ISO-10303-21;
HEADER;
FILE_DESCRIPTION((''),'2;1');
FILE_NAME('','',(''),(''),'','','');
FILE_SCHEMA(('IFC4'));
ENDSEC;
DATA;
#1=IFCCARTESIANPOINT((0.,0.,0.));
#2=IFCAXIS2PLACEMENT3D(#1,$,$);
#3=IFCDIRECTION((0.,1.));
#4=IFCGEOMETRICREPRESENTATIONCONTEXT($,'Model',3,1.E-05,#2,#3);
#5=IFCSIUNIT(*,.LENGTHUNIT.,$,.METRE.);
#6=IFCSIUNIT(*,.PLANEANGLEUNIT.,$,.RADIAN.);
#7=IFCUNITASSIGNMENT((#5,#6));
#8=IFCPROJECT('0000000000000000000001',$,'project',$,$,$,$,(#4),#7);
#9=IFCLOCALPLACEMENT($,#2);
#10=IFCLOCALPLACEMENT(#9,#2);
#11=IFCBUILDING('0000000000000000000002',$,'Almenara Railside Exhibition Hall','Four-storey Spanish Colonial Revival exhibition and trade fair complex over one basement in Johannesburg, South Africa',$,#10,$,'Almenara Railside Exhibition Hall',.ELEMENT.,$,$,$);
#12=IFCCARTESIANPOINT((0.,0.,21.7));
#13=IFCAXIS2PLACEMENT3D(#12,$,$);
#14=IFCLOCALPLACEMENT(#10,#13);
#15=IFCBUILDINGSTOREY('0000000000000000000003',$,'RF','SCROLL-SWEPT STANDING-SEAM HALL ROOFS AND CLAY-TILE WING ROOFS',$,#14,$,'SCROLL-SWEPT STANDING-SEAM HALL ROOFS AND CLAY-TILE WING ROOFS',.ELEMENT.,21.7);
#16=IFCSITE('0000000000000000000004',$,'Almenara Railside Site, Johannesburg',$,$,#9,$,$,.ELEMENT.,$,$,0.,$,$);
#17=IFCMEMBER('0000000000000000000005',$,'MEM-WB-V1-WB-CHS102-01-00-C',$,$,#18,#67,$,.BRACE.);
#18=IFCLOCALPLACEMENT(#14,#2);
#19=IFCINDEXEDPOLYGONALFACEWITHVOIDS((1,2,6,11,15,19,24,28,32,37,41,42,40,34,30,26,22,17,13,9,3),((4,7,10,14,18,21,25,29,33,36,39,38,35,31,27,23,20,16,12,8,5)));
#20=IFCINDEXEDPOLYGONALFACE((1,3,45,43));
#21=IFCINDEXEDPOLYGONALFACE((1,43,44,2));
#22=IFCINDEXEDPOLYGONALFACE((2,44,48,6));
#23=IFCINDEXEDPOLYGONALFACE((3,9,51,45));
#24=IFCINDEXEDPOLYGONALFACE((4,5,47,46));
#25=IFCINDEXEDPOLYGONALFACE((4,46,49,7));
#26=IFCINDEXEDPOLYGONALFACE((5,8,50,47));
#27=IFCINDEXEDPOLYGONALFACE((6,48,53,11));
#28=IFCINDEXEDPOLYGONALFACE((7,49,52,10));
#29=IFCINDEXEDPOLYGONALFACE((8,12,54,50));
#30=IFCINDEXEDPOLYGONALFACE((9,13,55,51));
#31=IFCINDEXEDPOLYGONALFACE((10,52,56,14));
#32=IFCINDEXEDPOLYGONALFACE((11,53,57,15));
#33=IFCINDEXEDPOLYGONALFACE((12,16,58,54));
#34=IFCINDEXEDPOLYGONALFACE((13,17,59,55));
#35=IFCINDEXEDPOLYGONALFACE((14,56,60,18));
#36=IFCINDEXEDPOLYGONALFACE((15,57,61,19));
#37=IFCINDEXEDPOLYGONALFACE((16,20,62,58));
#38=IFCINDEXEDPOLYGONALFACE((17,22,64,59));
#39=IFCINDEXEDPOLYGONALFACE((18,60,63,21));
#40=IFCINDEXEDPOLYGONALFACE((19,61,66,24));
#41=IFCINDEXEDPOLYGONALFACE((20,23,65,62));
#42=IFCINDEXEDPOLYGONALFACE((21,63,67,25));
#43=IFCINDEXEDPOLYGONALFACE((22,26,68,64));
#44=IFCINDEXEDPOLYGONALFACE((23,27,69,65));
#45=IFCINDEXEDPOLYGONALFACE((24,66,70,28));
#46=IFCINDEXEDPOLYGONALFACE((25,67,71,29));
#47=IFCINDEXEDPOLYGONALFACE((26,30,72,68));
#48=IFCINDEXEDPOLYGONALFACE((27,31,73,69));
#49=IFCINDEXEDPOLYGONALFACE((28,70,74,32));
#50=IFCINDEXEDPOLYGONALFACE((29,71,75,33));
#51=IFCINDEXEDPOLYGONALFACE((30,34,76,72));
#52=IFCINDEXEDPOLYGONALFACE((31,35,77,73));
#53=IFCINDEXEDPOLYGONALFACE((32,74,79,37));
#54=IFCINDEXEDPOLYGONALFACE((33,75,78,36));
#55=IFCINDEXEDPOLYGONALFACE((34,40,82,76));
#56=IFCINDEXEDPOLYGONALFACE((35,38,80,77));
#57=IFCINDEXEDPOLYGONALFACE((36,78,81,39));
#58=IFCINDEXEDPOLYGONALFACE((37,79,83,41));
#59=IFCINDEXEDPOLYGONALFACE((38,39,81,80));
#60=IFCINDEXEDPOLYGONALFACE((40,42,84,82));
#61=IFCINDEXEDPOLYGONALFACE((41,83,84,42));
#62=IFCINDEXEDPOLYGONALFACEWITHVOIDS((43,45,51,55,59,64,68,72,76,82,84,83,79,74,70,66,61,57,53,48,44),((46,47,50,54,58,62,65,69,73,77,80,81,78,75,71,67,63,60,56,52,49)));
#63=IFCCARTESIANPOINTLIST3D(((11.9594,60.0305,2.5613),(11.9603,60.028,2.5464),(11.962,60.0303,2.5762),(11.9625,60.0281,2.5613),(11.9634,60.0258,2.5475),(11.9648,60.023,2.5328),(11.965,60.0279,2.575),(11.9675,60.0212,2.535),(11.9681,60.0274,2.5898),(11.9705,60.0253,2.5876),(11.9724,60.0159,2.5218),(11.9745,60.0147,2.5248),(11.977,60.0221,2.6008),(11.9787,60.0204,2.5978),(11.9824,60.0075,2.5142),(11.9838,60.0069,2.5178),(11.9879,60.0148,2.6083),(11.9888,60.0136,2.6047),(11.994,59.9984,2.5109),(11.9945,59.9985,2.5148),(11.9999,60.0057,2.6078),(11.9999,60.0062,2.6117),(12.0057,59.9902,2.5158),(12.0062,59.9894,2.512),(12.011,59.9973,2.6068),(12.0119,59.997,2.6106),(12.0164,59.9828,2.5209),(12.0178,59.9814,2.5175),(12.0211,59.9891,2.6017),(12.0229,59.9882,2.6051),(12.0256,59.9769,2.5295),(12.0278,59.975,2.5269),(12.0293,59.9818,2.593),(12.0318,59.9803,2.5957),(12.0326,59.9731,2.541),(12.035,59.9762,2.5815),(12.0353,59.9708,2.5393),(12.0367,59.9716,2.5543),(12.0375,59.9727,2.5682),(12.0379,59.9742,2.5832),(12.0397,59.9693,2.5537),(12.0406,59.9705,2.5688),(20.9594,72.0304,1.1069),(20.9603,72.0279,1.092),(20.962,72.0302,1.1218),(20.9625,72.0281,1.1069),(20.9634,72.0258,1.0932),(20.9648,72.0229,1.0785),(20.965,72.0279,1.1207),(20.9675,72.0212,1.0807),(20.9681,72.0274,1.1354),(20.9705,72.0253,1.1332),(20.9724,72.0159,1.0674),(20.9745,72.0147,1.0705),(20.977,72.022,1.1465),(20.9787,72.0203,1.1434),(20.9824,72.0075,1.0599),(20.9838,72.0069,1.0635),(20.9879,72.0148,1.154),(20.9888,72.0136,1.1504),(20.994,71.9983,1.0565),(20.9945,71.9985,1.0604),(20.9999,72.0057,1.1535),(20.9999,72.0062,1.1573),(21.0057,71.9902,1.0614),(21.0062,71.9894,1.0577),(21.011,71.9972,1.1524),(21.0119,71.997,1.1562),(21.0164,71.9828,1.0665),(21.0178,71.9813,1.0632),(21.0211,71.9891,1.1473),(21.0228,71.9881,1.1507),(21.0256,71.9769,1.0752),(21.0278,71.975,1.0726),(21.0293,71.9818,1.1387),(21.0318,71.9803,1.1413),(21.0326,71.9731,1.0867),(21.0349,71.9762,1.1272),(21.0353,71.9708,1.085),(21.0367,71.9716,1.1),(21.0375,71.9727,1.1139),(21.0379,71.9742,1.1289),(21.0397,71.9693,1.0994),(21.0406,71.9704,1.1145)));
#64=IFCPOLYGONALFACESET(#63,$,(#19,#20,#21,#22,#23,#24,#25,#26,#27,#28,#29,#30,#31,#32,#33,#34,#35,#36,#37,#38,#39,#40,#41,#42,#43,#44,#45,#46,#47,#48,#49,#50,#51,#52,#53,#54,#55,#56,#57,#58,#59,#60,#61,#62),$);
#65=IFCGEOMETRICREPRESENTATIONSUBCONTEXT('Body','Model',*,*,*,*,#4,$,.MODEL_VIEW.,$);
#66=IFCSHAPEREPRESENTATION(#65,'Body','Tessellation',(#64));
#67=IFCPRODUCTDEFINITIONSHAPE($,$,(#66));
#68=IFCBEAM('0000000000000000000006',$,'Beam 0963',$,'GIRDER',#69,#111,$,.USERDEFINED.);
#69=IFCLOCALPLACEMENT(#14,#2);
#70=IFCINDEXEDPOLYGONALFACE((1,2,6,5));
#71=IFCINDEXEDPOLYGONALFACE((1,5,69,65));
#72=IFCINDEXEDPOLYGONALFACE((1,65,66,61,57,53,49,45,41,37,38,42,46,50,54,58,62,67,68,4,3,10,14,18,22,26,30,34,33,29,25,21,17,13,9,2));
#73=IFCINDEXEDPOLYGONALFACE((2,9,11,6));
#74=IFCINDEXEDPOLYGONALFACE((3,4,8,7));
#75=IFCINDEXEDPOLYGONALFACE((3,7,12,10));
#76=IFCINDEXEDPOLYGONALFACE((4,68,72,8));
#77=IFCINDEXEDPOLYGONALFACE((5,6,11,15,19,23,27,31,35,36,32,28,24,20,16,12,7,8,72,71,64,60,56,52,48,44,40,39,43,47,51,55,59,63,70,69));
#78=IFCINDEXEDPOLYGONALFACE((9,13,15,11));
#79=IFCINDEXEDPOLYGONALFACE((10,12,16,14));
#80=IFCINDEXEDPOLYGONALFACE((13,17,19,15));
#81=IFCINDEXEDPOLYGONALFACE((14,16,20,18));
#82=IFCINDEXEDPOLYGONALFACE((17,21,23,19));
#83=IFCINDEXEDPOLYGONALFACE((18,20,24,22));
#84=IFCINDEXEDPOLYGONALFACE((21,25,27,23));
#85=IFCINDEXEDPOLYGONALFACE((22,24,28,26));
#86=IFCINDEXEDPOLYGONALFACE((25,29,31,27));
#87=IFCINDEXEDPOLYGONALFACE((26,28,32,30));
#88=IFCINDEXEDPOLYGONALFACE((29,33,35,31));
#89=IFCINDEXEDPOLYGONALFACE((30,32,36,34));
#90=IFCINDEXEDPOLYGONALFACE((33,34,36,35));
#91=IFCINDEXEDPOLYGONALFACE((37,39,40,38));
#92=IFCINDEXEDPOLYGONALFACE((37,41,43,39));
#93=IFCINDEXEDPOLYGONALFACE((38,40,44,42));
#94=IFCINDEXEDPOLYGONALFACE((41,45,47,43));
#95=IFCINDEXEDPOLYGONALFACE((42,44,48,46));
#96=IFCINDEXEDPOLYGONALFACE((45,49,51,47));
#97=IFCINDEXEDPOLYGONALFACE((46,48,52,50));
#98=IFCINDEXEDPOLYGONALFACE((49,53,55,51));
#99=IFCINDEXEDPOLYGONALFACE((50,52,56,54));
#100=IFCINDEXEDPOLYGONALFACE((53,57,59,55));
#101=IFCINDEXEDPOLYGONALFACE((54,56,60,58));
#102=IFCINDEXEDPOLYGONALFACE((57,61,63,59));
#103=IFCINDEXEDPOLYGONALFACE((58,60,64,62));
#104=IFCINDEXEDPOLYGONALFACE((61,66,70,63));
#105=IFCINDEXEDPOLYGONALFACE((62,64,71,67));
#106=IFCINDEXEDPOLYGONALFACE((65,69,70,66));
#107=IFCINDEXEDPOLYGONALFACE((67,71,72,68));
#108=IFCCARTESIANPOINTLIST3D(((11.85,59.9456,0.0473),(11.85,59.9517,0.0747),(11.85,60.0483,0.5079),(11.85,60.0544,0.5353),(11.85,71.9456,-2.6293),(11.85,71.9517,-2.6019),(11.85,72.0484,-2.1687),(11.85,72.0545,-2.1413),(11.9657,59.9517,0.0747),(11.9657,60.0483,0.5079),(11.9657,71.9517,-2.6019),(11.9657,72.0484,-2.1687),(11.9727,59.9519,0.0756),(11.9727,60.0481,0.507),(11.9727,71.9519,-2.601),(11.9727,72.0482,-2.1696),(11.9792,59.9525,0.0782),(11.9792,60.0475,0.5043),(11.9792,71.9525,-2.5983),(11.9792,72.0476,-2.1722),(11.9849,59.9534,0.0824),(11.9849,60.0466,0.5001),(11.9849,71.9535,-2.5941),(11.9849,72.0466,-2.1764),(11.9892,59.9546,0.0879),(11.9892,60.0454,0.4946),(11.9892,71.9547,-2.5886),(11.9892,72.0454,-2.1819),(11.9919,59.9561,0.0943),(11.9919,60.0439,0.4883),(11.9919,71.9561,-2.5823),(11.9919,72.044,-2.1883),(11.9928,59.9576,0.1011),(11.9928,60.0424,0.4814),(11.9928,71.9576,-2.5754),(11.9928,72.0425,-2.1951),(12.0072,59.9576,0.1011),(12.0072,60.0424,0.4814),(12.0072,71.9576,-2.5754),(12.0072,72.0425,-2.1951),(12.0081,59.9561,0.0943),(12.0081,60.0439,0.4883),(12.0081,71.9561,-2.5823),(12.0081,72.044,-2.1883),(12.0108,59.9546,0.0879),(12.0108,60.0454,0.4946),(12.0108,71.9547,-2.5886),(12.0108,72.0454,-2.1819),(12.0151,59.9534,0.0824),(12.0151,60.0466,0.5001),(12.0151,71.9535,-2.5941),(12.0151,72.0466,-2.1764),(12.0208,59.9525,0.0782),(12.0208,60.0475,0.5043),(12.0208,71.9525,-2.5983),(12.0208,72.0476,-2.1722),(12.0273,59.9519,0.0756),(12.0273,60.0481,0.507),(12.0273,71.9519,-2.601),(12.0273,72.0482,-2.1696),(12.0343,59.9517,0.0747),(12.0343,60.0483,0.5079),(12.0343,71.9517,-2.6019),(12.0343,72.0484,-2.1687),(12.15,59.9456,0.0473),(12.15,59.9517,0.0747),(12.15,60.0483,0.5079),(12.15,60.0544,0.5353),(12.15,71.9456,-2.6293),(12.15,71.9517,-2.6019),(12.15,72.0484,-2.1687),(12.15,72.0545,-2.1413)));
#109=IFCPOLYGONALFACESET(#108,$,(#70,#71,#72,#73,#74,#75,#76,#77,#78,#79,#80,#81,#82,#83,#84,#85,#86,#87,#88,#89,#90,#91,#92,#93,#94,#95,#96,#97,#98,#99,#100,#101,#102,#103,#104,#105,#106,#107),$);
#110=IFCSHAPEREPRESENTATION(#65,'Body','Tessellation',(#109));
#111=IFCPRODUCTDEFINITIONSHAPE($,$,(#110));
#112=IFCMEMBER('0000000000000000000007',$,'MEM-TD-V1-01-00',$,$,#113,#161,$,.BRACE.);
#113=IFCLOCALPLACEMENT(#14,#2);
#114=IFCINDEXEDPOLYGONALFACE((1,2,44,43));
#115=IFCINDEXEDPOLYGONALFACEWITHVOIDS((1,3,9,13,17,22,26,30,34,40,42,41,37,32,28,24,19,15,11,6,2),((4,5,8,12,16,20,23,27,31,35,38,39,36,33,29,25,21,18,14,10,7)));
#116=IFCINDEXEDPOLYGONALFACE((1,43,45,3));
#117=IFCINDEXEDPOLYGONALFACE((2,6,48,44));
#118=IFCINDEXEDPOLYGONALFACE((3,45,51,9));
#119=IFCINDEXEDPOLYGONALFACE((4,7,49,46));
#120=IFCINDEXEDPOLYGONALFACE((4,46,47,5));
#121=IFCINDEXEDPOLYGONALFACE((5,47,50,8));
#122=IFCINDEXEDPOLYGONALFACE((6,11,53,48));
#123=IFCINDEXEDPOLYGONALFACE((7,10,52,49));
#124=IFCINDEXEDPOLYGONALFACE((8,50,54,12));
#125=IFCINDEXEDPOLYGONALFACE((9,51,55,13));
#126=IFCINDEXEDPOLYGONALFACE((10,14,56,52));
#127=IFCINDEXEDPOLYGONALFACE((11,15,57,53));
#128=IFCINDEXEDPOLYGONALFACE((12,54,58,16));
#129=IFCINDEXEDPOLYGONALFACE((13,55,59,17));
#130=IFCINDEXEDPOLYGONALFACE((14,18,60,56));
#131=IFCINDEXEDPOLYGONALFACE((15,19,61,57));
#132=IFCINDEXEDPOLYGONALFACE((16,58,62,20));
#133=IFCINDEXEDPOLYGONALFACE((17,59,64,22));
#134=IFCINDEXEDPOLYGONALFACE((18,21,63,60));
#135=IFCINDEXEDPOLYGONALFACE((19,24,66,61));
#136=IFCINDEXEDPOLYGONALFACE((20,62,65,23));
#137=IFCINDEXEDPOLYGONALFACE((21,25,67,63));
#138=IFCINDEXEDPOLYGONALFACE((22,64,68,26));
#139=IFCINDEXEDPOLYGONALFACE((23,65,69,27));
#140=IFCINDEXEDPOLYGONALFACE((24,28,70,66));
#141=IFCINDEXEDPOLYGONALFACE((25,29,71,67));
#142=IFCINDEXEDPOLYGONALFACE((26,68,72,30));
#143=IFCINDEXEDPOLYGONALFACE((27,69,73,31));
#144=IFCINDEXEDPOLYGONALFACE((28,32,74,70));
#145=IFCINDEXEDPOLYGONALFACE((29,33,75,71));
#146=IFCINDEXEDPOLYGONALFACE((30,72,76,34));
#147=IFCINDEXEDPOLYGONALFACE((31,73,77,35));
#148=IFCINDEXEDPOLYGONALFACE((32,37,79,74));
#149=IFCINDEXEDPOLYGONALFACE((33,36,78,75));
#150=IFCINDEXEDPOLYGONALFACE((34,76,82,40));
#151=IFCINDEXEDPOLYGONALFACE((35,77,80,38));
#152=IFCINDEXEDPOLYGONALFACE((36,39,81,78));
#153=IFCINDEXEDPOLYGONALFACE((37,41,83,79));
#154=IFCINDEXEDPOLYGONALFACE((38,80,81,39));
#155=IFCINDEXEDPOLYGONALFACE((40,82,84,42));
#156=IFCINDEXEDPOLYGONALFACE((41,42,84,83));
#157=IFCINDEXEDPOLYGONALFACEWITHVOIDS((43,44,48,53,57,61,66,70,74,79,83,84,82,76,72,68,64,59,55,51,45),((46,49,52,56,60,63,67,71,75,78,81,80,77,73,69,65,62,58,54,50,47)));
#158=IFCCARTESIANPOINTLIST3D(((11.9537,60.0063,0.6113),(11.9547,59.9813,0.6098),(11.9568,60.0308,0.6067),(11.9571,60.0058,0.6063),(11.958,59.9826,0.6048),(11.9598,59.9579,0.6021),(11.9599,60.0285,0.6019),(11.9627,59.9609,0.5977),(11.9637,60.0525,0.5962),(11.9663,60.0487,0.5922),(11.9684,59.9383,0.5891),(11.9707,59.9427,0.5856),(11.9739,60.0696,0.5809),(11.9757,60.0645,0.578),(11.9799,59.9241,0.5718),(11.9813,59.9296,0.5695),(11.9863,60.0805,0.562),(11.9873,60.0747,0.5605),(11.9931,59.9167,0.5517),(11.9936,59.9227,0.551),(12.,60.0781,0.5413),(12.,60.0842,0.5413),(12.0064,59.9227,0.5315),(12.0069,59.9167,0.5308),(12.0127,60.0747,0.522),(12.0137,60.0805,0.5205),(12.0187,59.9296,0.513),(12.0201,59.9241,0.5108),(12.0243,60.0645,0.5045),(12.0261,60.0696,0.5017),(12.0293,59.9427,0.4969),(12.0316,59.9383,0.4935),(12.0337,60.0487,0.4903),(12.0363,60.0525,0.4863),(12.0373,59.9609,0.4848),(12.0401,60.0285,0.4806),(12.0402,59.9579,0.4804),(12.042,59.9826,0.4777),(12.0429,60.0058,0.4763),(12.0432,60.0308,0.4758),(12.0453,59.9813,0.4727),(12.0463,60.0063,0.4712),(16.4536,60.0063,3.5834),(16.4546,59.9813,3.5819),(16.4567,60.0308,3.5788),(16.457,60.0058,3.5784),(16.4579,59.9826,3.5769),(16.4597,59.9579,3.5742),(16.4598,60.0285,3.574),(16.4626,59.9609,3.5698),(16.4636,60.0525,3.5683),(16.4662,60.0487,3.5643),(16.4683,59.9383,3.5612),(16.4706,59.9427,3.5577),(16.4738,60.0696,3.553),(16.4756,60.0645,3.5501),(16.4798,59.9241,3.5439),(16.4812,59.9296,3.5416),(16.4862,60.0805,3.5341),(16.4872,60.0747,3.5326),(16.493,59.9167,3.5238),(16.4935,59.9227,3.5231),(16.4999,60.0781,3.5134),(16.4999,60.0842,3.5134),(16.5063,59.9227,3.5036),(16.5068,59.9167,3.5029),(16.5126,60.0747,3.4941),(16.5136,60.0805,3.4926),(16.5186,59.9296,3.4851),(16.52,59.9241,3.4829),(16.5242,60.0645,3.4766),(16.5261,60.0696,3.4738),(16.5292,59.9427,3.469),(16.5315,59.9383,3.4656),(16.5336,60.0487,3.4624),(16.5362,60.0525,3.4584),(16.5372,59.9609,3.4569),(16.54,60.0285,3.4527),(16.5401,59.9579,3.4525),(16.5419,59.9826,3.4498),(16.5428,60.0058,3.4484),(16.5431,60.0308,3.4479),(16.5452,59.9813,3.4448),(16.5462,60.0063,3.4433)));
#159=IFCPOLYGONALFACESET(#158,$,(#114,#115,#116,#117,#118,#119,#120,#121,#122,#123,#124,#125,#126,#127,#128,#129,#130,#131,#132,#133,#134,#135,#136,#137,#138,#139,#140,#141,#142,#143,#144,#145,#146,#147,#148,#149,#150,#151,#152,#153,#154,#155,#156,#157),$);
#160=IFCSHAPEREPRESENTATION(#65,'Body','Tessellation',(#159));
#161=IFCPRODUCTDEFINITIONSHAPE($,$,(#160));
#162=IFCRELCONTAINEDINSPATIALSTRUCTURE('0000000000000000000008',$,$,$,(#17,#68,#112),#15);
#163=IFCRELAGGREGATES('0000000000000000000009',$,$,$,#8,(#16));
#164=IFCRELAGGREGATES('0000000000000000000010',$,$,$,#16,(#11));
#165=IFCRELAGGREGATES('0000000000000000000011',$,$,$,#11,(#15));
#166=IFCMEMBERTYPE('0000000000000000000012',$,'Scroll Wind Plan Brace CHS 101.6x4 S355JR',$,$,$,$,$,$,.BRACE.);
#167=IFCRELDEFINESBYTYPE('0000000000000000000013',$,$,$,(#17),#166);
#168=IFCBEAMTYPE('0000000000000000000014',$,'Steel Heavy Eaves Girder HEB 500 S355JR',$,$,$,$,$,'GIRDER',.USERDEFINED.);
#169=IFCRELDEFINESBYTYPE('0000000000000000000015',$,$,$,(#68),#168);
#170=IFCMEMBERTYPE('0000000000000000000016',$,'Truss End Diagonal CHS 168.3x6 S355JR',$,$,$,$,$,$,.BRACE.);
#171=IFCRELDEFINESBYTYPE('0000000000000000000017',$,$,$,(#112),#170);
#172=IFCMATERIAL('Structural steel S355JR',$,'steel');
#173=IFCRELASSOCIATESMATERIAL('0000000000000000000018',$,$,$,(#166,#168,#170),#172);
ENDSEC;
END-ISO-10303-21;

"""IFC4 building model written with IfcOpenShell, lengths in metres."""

from ifc_helpers import new_model, si_unit, direction, frame, origin, origin_2d, place, context, subcontext, project, spatial, hollow_circle, i_section, extrude, material, material_profile, profile_set, type_object, element, save


model = new_model("IFC4")

# Units and contexts
model_context = context("Model", 3, precision=1e-05, world=origin(), true_north=direction((0.0, 1.0)))
body_context = subcontext(model_context, "Body", "Model", "MODEL_VIEW")
ifc_project = project(units=[si_unit("LENGTHUNIT", "METRE"), si_unit("PLANEANGLEUNIT", "RADIAN")], contexts=[model_context])

# Site, building, storey
site_placement = place(None, origin())
site = spatial("IfcSite", under=ifc_project, at=site_placement, Name="Almenara Railside Site, Johannesburg", CompositionType="ELEMENT", RefElevation=0.0)
building_placement = place(site_placement, origin())
building = spatial("IfcBuilding", under=site, at=building_placement, Name="Almenara Railside Exhibition Hall", Description="Four-storey Spanish Colonial Revival exhibition and trade fair complex over one basement in Johannesburg, South Africa", LongName="Almenara Railside Exhibition Hall", CompositionType="ELEMENT")
storey_placement = place(building_placement, frame((0.0, 0.0, 21.7)))
storey = spatial("IfcBuildingStorey", under=building, at=storey_placement, Name="RF", Description="SCROLL-SWEPT STANDING-SEAM HALL ROOFS AND CLAY-TILE WING ROOFS", LongName="SCROLL-SWEPT STANDING-SEAM HALL ROOFS AND CLAY-TILE WING ROOFS", CompositionType="ELEMENT", Elevation=21.7)

# Shared definitions
ifc_material_1 = material(Name="Structural steel S355JR", Category="steel")

# Member
ifc_material_profile_1 = material_profile(ifc_material_1, hollow_circle(Radius=0.0508, WallThickness=0.0039, at=origin_2d()), Name="CHS 101.6x4")
ifc_profile_set_1 = profile_set([ifc_material_profile_1], Name="Structural steel S355JR")
member_type_1 = type_object("IfcMemberType", Name="Scroll Wind Plan Brace CHS 101.6x4 S355JR", PredefinedType="BRACE", material=ifc_profile_set_1)
member_1_placement = place(storey_placement, frame((12.0, 60.0, 2.5613), z_axis=(0.5972, 0.796266, -0.096504), x_axis=(-0.8, 0.6, 0.0)))
element("IfcMember", 1, at=member_1_placement, inside=storey, type_object=member_type_1, Name="MEM-WB-V1-WB-CHS102-01-00-C", PredefinedType="BRACE", context=body_context, shape_type="SweptSolid", body=[
    extrude(hollow_circle(Radius=0.0508, WallThickness=0.0039, at=origin_2d()), origin(), (0.0, 0.0, 1.0), 15.0703),
])

# Beam
ifc_material_profile_2 = material_profile(ifc_material_1, i_section(OverallWidth=0.3, OverallDepth=0.5, WebThickness=0.0144, FlangeThickness=0.0281, FilletRadius=0.0271, at=origin_2d()), Name="HEB 500")
ifc_profile_set_2 = profile_set([ifc_material_profile_2], Name="Structural steel S355JR")
beam_type = type_object("IfcBeamType", Name="Steel Heavy Eaves Girder HEB 500 S355JR", ElementType="GIRDER", PredefinedType="USERDEFINED", material=ifc_profile_set_2)
beam_placement = place(storey_placement, frame((12.0, 60.0, 0.2913), z_axis=(0.0, 0.976017, -0.217694), x_axis=(-1.0, 0.0, 0.0)))
element("IfcBeam", 2, at=beam_placement, inside=storey, type_object=beam_type, Name="Beam 0963", ObjectType="GIRDER", PredefinedType="USERDEFINED", context=body_context, shape_type="SweptSolid", body=[
    extrude(i_section(OverallWidth=0.3, OverallDepth=0.5, WebThickness=0.0144, FlangeThickness=0.0281, FilletRadius=0.0271, at=origin_2d()), origin(), (0.0, 0.0, 1.0), 12.2949),
])

# Member
ifc_material_profile_3 = material_profile(ifc_material_1, hollow_circle(Radius=0.0842, WallThickness=0.0061, at=origin_2d()), Name="CHS 168.3x6")
ifc_profile_set_3 = profile_set([ifc_material_profile_3], Name="Structural steel S355JR")
member_type_2 = type_object("IfcMemberType", Name="Truss End Diagonal CHS 168.3x6 S355JR", PredefinedType="BRACE", material=ifc_profile_set_3)
member_2_placement = place(storey_placement, frame((12.0, 60.0, 0.5413), z_axis=(0.834425, 0.0, 0.551122), x_axis=(0.0, 1.0, 0.0)))
element("IfcMember", 3, at=member_2_placement, inside=storey, type_object=member_type_2, Name="MEM-TD-V1-01-00", PredefinedType="BRACE", context=body_context, shape_type="SweptSolid", body=[
    extrude(hollow_circle(Radius=0.0842, WallThickness=0.0061, at=origin_2d()), origin(), (0.0, 0.0, 1.0), 5.3928),
])

save(model, "model.ifc")
